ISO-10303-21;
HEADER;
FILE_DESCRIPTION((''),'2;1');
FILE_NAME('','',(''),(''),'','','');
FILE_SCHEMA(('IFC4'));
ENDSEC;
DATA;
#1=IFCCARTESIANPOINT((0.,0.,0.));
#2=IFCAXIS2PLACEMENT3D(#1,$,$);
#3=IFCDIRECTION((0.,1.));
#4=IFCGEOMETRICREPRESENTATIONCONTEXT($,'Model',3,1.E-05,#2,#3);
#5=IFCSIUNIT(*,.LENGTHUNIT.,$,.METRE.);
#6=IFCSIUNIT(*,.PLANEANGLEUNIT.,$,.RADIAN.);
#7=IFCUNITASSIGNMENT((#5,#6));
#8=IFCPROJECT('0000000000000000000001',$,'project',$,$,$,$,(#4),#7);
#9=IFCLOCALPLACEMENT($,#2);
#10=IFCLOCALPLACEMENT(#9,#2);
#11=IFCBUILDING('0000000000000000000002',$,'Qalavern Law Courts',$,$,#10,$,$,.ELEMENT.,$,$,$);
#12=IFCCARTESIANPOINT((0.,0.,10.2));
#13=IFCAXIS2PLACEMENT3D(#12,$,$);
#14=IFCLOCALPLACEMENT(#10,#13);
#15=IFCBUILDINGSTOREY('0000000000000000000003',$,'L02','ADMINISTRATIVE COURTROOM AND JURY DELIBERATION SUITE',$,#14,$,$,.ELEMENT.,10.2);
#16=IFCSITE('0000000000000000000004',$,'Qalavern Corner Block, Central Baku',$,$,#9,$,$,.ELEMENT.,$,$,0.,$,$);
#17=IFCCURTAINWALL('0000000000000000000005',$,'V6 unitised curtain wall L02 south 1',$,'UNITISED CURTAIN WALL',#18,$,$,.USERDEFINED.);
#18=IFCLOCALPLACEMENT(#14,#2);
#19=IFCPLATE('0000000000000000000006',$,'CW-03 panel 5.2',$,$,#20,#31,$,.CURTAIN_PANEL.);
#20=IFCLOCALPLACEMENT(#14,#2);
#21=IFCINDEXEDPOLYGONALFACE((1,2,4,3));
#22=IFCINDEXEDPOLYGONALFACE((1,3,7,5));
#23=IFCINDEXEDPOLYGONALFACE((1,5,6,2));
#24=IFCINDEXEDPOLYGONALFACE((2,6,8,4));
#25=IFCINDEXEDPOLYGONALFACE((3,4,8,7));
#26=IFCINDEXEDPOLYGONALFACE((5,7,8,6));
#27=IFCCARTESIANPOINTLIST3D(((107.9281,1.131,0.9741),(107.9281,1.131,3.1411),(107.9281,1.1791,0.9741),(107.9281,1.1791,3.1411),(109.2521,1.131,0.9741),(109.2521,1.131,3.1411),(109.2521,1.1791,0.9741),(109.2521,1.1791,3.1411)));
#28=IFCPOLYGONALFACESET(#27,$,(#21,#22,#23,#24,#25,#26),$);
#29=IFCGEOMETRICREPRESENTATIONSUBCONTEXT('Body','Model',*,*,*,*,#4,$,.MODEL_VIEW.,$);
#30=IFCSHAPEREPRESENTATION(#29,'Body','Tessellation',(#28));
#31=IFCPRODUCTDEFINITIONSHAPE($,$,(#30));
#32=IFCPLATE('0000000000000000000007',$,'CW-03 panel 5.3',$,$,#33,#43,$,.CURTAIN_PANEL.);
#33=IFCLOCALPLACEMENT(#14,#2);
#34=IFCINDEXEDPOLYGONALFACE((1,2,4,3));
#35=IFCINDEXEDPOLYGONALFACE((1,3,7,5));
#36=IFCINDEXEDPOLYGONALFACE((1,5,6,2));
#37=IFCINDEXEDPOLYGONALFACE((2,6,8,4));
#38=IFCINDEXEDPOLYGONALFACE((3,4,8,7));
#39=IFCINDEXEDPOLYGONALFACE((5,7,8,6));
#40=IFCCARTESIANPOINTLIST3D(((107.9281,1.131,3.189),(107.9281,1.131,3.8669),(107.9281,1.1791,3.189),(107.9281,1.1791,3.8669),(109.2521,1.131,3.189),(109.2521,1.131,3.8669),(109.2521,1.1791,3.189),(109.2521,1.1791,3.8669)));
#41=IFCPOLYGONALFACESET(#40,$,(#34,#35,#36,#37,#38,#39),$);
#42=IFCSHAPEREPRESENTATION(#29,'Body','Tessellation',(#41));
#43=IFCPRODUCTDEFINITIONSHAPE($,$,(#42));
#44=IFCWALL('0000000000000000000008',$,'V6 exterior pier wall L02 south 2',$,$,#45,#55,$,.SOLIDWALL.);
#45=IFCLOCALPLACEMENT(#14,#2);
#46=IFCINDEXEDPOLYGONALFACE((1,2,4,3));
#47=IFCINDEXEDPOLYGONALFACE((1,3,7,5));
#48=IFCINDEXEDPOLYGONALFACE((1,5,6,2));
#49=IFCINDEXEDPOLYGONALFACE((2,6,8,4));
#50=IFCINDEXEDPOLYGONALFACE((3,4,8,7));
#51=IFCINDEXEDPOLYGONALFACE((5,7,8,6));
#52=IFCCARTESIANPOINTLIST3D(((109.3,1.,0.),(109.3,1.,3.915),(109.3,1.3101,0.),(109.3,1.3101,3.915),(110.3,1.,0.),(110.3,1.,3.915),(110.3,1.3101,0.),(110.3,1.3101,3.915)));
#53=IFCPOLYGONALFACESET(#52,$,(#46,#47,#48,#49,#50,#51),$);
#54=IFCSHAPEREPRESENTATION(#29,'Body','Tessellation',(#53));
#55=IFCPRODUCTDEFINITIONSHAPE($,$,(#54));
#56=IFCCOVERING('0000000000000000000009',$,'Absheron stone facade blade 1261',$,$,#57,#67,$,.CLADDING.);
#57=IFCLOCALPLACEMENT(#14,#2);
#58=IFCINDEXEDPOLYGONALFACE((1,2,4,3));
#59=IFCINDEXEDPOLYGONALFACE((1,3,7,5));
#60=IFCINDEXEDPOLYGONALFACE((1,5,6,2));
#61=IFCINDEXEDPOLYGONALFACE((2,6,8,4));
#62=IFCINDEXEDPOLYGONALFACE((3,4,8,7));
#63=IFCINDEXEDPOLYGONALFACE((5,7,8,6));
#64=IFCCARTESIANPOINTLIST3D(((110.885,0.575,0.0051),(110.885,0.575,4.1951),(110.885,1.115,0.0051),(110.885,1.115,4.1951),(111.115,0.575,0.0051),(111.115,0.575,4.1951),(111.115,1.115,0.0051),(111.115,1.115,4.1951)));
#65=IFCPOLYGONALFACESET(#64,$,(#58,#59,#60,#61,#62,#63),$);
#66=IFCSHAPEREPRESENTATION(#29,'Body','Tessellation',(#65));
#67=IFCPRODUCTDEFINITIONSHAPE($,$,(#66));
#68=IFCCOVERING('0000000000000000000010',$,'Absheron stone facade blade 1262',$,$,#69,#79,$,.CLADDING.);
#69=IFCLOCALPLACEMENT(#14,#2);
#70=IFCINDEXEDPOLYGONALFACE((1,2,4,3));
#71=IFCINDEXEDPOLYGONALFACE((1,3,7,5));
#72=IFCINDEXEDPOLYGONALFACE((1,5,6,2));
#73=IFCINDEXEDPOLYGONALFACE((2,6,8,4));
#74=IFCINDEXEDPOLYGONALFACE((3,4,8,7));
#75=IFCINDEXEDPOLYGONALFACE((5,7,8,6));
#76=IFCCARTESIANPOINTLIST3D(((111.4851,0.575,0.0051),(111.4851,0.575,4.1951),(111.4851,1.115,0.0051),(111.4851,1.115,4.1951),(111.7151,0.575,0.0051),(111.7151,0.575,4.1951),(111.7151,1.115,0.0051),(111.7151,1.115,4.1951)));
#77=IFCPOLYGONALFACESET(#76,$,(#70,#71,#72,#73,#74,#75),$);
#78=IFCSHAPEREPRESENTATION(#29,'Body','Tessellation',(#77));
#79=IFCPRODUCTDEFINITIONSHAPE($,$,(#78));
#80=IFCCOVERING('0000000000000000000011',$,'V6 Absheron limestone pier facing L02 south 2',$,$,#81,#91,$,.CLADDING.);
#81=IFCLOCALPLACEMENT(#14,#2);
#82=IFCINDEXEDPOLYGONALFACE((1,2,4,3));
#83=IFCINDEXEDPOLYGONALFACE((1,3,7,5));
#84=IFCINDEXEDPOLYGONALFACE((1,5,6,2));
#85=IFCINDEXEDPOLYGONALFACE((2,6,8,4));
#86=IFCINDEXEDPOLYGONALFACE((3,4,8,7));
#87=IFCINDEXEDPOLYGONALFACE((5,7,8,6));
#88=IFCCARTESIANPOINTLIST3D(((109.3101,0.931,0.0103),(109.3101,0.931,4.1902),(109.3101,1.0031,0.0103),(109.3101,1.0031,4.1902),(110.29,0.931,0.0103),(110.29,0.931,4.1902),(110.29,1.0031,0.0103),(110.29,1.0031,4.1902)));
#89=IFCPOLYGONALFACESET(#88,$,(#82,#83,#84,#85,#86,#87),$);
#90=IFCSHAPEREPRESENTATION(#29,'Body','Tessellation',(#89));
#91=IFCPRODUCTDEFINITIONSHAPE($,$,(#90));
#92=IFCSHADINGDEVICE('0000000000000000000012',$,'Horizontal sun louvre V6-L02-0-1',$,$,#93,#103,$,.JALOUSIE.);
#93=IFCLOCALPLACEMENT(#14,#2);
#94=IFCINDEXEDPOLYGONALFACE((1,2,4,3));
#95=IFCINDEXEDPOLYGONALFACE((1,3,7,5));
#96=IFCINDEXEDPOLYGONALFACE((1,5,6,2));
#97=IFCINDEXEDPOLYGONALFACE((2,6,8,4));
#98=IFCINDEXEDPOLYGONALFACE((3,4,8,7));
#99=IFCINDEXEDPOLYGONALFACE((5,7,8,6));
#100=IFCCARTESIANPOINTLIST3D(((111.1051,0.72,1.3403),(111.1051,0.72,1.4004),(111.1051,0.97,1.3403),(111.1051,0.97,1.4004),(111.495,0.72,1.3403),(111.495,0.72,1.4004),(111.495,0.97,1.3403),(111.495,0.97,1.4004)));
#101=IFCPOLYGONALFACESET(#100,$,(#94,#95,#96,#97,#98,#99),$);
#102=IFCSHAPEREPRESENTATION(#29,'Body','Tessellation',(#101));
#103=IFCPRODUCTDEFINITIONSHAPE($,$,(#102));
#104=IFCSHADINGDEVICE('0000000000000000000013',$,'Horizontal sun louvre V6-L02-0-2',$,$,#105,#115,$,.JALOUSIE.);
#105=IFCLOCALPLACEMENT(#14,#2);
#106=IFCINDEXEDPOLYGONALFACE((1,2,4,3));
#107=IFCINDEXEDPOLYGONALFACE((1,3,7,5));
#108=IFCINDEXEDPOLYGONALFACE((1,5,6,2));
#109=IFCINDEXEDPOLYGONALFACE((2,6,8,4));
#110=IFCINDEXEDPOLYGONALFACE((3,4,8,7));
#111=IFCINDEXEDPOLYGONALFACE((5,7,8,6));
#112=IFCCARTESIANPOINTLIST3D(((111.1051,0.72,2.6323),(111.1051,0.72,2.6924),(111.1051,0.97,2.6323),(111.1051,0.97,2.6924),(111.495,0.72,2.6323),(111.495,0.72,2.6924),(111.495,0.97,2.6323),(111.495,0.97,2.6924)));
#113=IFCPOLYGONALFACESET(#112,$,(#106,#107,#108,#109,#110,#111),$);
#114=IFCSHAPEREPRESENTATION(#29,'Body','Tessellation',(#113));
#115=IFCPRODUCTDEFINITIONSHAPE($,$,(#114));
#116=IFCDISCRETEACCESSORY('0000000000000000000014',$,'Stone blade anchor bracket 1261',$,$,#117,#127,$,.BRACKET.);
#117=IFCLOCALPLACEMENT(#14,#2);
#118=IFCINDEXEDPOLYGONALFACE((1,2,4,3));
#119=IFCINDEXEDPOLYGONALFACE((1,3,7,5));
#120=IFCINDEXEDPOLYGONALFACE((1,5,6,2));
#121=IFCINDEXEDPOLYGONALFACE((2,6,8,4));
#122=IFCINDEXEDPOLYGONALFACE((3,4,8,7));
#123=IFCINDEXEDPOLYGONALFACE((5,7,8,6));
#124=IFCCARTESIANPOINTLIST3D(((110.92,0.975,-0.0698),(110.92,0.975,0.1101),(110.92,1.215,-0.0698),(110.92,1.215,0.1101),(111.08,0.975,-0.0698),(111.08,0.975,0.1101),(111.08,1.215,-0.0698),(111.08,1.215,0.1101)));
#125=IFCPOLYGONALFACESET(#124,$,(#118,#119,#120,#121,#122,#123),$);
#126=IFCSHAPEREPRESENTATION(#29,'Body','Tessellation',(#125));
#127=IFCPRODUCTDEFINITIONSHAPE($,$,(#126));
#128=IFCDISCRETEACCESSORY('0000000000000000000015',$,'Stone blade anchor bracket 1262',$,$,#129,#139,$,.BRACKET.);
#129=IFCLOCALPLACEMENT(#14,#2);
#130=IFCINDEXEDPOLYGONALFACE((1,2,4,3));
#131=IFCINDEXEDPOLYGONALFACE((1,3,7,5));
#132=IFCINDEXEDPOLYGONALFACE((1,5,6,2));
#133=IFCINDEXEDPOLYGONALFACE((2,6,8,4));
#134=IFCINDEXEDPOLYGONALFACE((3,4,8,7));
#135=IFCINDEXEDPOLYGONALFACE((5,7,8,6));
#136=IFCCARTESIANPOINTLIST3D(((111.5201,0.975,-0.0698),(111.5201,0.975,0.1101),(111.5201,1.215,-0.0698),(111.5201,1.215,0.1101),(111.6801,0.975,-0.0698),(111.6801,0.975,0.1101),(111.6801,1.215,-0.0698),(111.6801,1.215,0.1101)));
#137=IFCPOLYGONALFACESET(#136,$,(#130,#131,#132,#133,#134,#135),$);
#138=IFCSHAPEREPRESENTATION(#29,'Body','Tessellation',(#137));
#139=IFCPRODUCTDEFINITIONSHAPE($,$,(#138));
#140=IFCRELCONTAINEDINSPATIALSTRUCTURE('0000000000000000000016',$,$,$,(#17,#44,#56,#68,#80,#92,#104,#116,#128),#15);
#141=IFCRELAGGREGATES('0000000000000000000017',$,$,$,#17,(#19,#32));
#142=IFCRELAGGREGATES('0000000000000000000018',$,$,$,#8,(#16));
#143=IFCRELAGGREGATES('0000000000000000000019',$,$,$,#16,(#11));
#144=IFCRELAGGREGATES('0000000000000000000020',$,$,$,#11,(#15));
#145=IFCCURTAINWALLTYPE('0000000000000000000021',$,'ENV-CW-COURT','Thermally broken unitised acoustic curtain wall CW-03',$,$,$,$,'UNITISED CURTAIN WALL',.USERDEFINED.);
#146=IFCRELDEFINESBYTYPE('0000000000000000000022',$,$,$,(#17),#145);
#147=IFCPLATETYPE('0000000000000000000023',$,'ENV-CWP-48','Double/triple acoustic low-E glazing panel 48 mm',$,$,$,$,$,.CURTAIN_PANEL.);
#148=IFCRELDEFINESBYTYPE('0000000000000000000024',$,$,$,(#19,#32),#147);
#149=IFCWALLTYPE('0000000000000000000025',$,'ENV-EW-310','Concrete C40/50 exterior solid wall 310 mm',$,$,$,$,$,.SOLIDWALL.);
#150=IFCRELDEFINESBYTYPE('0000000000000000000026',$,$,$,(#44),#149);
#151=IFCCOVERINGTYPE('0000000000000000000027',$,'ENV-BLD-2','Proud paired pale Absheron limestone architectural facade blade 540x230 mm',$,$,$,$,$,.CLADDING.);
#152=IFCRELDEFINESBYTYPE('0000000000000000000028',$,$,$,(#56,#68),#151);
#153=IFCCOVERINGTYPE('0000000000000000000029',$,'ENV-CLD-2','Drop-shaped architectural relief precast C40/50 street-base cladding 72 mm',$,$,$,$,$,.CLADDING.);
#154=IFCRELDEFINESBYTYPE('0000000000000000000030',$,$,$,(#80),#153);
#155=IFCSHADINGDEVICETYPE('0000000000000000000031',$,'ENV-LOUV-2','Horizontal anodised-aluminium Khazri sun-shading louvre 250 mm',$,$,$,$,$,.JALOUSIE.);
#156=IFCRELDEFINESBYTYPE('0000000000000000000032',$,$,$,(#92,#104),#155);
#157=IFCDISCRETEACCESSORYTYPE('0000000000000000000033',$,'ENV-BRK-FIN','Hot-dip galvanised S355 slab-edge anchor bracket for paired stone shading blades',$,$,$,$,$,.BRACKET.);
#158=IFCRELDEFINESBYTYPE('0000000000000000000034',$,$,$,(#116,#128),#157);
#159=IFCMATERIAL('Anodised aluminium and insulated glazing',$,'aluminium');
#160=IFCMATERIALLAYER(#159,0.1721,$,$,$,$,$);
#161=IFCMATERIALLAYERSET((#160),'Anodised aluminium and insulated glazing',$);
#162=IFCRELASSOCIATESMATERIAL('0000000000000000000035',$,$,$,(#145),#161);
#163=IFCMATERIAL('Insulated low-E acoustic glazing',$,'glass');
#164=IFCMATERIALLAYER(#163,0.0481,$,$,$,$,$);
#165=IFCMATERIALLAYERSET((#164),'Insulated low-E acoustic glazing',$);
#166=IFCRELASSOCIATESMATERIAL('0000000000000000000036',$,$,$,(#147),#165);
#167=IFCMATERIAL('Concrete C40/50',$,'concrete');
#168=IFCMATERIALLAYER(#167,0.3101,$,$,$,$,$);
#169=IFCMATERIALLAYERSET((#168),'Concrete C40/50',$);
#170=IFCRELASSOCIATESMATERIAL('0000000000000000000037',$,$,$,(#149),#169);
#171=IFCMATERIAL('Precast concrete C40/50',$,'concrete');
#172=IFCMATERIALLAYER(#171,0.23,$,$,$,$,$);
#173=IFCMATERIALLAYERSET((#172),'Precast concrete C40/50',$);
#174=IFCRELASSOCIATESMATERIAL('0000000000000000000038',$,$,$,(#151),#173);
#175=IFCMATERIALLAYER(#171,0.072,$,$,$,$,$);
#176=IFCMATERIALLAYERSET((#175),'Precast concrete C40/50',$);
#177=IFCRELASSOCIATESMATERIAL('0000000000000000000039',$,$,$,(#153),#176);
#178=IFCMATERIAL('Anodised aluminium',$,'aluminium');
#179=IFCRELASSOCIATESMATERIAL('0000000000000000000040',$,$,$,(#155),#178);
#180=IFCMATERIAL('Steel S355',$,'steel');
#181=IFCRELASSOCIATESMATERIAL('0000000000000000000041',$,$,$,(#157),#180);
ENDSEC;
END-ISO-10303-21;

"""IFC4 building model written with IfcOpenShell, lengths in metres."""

from ifc_helpers import new_model, si_unit, direction, frame, frame_2d, origin, origin_2d, place, context, subcontext, project, spatial, rectangle, extrude, material, layer, layer_set, type_object, element, aggregate, save


model = new_model("IFC4")

# Units and contexts
model_context = context("Model", 3, precision=1e-05, world=origin(), true_north=direction((0.0, 1.0)))
body_context = subcontext(model_context, "Body", "Model", "MODEL_VIEW")
ifc_project = project(units=[si_unit("LENGTHUNIT", "METRE"), si_unit("PLANEANGLEUNIT", "RADIAN")], contexts=[model_context])

# Site, building, storey
site_placement = place(None, origin())
site = spatial("IfcSite", under=ifc_project, at=site_placement, Name="Qalavern Corner Block, Central Baku", CompositionType="ELEMENT", RefElevation=0.0)
building_placement = place(site_placement, origin())
building = spatial("IfcBuilding", under=site, at=building_placement, Name="Qalavern Law Courts", CompositionType="ELEMENT")
storey_placement = place(building_placement, frame((0.0, 0.0, 10.2)))
storey = spatial("IfcBuildingStorey", under=building, at=storey_placement, Name="L02", Description="ADMINISTRATIVE COURTROOM AND JURY DELIBERATION SUITE", CompositionType="ELEMENT", Elevation=10.2)

# Curtain wall
ifc_material_1 = material(Name="Anodised aluminium and insulated glazing", Category="aluminium")
ifc_layer_1 = layer(ifc_material_1, 0.1721)
ifc_layer_set_1 = layer_set([ifc_layer_1], Name="Anodised aluminium and insulated glazing")
curtain_wall_type = type_object("IfcCurtainWallType", Name="ENV-CW-COURT", Description="Thermally broken unitised acoustic curtain wall CW-03", ElementType="UNITISED CURTAIN WALL", PredefinedType="USERDEFINED", material=ifc_layer_set_1)
curtain_wall_1_placement = place(storey_placement, origin())
curtain_wall_1 = element("IfcCurtainWall", 1, at=curtain_wall_1_placement, inside=storey, type_object=curtain_wall_type, Name="V6 unitised curtain wall L02 south 1", ObjectType="UNITISED CURTAIN WALL", PredefinedType="USERDEFINED")
ifc_material_2 = material(Name="Anodised aluminium", Category="aluminium")

# Plates
ifc_material_3 = material(Name="Insulated low-E acoustic glazing", Category="glass")
ifc_layer_2 = layer(ifc_material_3, 0.0481)
ifc_layer_set_2 = layer_set([ifc_layer_2], Name="Insulated low-E acoustic glazing")
plate_type = type_object("IfcPlateType", Name="ENV-CWP-48", Description="Double/triple acoustic low-E glazing panel 48 mm", PredefinedType="CURTAIN_PANEL", material=ifc_layer_set_2)
plate_1_placement = place(storey_placement, frame((108.5901, 1.155, 0.9741), z_axis=(0.0, 0.0, 1.0), x_axis=(1.0, 0.0, 0.0)))
plate_1 = element("IfcPlate", 2, at=plate_1_placement, type_object=plate_type, Name="CW-03 panel 5.2", PredefinedType="CURTAIN_PANEL", context=body_context, shape_type="SweptSolid", body=[
    extrude(rectangle(XDim=1.324, YDim=0.0481, at=origin_2d()), origin(), (0.0, 0.0, 1.0), 2.167),
])
plate_2_placement = place(storey_placement, frame((108.5901, 1.155, 3.189), z_axis=(0.0, 0.0, 1.0), x_axis=(1.0, 0.0, 0.0)))
plate_2 = element("IfcPlate", 3, at=plate_2_placement, type_object=plate_type, Name="CW-03 panel 5.3", PredefinedType="CURTAIN_PANEL", context=body_context, shape_type="SweptSolid", body=[
    extrude(rectangle(XDim=1.324, YDim=0.0481, at=origin_2d()), origin(), (0.0, 0.0, 1.0), 0.678),
])
aggregate(curtain_wall_1, [plate_1, plate_2])

# Wall
ifc_material_4 = material(Name="Concrete C40/50", Category="concrete")
ifc_layer_3 = layer(ifc_material_4, 0.3101)
ifc_layer_set_3 = layer_set([ifc_layer_3], Name="Concrete C40/50")
wall_type = type_object("IfcWallType", Name="ENV-EW-310", Description="Concrete C40/50 exterior solid wall 310 mm", PredefinedType="SOLIDWALL", material=ifc_layer_set_3)
wall_placement = place(storey_placement, frame((109.3, 1.155, 0.0), z_axis=(0.0, 0.0, 1.0), x_axis=(1.0, 0.0, 0.0)))
element("IfcWall", 4, at=wall_placement, inside=storey, type_object=wall_type, Name="V6 exterior pier wall L02 south 2", PredefinedType="SOLIDWALL", context=body_context, shape_type="SweptSolid", body=[
    extrude(rectangle(XDim=1.0, YDim=0.3101, at=frame_2d((0.5, 0.0))), origin(), (0.0, 0.0, 1.0), 3.915),
])

# Coverings
ifc_material_5 = material(Name="Precast concrete C40/50", Category="concrete")
ifc_layer_4 = layer(ifc_material_5, 0.23)
ifc_layer_set_4 = layer_set([ifc_layer_4], Name="Precast concrete C40/50")
covering_type_1 = type_object("IfcCoveringType", Name="ENV-BLD-2", Description="Proud paired pale Absheron limestone architectural facade blade 540x230 mm", PredefinedType="CLADDING", material=ifc_layer_set_4)
for number, where, z_axis, x_axis, name in (
    (5, (111.0, 0.845, 0.0051), (0.0, 0.0, 1.0), (0.0, -1.0, 0.0), "Absheron stone facade blade 1261"),
    (6, (111.6001, 0.845, 0.0051), (0.0, 0.0, 1.0), (0.0, -1.0, 0.0), "Absheron stone facade blade 1262"),
):
    element("IfcCovering", number, at=place(storey_placement, frame(where, z_axis=z_axis, x_axis=x_axis)), inside=storey, type_object=covering_type_1, Name=name, PredefinedType="CLADDING", context=body_context, shape_type="SweptSolid", body=[
        extrude(rectangle(XDim=0.54, YDim=0.23, at=origin_2d()), origin(), (0.0, 0.0, 1.0), 4.1899),
    ])
ifc_layer_5 = layer(ifc_material_5, 0.072)
ifc_layer_set_5 = layer_set([ifc_layer_5], Name="Precast concrete C40/50")
covering_type_2 = type_object("IfcCoveringType", Name="ENV-CLD-2", Description="Drop-shaped architectural relief precast C40/50 street-base cladding 72 mm", PredefinedType="CLADDING", material=ifc_layer_set_5)
covering_placement = place(storey_placement, frame((109.8, 0.967, 0.0103), z_axis=(0.0, 0.0, 1.0), x_axis=(1.0, 0.0, 0.0)))
element("IfcCovering", 7, at=covering_placement, inside=storey, type_object=covering_type_2, Name="V6 Absheron limestone pier facing L02 south 2", PredefinedType="CLADDING", context=body_context, shape_type="SweptSolid", body=[
    extrude(rectangle(XDim=0.98, YDim=0.072, at=origin_2d()), origin(), (0.0, 0.0, 1.0), 4.1799),
])

# Shading devices
shading_device_type = type_object("IfcShadingDeviceType", Name="ENV-LOUV-2", Description="Horizontal anodised-aluminium Khazri sun-shading louvre 250 mm", PredefinedType="JALOUSIE", material=ifc_material_2)
for number, where, z_axis, x_axis, name in (
    (8, (111.3, 0.845, 1.3403), (0.0, 0.0, 1.0), (1.0, 0.0, 0.0), "Horizontal sun louvre V6-L02-0-1"),
    (9, (111.3, 0.845, 2.6323), (0.0, 0.0, 1.0), (1.0, 0.0, 0.0), "Horizontal sun louvre V6-L02-0-2"),
):
    element("IfcShadingDevice", number, at=place(storey_placement, frame(where, z_axis=z_axis, x_axis=x_axis)), inside=storey, type_object=shading_device_type, Name=name, PredefinedType="JALOUSIE", context=body_context, shape_type="SweptSolid", body=[
        extrude(rectangle(XDim=0.3899, YDim=0.25, at=origin_2d()), origin(), (0.0, 0.0, 1.0), 0.0601),
    ])

# Discrete accessories
ifc_material_6 = material(Name="Steel S355", Category="steel")
discrete_accessory_type = type_object("IfcDiscreteAccessoryType", Name="ENV-BRK-FIN", Description="Hot-dip galvanised S355 slab-edge anchor bracket for paired stone shading blades", PredefinedType="BRACKET", material=ifc_material_6)
for number, where, z_axis, x_axis, name in (
    (10, (111.0, 1.095, -0.0698), (0.0, 0.0, 1.0), (0.0, -1.0, 0.0), "Stone blade anchor bracket 1261"),
    (11, (111.6001, 1.095, -0.0698), (0.0, 0.0, 1.0), (0.0, -1.0, 0.0), "Stone blade anchor bracket 1262"),
):
    element("IfcDiscreteAccessory", number, at=place(storey_placement, frame(where, z_axis=z_axis, x_axis=x_axis)), inside=storey, type_object=discrete_accessory_type, Name=name, PredefinedType="BRACKET", context=body_context, shape_type="SweptSolid", body=[
        extrude(rectangle(XDim=0.24, YDim=0.1599, at=origin_2d()), origin(), (0.0, 0.0, 1.0), 0.1799),
    ])

save(model, "model.ifc")
